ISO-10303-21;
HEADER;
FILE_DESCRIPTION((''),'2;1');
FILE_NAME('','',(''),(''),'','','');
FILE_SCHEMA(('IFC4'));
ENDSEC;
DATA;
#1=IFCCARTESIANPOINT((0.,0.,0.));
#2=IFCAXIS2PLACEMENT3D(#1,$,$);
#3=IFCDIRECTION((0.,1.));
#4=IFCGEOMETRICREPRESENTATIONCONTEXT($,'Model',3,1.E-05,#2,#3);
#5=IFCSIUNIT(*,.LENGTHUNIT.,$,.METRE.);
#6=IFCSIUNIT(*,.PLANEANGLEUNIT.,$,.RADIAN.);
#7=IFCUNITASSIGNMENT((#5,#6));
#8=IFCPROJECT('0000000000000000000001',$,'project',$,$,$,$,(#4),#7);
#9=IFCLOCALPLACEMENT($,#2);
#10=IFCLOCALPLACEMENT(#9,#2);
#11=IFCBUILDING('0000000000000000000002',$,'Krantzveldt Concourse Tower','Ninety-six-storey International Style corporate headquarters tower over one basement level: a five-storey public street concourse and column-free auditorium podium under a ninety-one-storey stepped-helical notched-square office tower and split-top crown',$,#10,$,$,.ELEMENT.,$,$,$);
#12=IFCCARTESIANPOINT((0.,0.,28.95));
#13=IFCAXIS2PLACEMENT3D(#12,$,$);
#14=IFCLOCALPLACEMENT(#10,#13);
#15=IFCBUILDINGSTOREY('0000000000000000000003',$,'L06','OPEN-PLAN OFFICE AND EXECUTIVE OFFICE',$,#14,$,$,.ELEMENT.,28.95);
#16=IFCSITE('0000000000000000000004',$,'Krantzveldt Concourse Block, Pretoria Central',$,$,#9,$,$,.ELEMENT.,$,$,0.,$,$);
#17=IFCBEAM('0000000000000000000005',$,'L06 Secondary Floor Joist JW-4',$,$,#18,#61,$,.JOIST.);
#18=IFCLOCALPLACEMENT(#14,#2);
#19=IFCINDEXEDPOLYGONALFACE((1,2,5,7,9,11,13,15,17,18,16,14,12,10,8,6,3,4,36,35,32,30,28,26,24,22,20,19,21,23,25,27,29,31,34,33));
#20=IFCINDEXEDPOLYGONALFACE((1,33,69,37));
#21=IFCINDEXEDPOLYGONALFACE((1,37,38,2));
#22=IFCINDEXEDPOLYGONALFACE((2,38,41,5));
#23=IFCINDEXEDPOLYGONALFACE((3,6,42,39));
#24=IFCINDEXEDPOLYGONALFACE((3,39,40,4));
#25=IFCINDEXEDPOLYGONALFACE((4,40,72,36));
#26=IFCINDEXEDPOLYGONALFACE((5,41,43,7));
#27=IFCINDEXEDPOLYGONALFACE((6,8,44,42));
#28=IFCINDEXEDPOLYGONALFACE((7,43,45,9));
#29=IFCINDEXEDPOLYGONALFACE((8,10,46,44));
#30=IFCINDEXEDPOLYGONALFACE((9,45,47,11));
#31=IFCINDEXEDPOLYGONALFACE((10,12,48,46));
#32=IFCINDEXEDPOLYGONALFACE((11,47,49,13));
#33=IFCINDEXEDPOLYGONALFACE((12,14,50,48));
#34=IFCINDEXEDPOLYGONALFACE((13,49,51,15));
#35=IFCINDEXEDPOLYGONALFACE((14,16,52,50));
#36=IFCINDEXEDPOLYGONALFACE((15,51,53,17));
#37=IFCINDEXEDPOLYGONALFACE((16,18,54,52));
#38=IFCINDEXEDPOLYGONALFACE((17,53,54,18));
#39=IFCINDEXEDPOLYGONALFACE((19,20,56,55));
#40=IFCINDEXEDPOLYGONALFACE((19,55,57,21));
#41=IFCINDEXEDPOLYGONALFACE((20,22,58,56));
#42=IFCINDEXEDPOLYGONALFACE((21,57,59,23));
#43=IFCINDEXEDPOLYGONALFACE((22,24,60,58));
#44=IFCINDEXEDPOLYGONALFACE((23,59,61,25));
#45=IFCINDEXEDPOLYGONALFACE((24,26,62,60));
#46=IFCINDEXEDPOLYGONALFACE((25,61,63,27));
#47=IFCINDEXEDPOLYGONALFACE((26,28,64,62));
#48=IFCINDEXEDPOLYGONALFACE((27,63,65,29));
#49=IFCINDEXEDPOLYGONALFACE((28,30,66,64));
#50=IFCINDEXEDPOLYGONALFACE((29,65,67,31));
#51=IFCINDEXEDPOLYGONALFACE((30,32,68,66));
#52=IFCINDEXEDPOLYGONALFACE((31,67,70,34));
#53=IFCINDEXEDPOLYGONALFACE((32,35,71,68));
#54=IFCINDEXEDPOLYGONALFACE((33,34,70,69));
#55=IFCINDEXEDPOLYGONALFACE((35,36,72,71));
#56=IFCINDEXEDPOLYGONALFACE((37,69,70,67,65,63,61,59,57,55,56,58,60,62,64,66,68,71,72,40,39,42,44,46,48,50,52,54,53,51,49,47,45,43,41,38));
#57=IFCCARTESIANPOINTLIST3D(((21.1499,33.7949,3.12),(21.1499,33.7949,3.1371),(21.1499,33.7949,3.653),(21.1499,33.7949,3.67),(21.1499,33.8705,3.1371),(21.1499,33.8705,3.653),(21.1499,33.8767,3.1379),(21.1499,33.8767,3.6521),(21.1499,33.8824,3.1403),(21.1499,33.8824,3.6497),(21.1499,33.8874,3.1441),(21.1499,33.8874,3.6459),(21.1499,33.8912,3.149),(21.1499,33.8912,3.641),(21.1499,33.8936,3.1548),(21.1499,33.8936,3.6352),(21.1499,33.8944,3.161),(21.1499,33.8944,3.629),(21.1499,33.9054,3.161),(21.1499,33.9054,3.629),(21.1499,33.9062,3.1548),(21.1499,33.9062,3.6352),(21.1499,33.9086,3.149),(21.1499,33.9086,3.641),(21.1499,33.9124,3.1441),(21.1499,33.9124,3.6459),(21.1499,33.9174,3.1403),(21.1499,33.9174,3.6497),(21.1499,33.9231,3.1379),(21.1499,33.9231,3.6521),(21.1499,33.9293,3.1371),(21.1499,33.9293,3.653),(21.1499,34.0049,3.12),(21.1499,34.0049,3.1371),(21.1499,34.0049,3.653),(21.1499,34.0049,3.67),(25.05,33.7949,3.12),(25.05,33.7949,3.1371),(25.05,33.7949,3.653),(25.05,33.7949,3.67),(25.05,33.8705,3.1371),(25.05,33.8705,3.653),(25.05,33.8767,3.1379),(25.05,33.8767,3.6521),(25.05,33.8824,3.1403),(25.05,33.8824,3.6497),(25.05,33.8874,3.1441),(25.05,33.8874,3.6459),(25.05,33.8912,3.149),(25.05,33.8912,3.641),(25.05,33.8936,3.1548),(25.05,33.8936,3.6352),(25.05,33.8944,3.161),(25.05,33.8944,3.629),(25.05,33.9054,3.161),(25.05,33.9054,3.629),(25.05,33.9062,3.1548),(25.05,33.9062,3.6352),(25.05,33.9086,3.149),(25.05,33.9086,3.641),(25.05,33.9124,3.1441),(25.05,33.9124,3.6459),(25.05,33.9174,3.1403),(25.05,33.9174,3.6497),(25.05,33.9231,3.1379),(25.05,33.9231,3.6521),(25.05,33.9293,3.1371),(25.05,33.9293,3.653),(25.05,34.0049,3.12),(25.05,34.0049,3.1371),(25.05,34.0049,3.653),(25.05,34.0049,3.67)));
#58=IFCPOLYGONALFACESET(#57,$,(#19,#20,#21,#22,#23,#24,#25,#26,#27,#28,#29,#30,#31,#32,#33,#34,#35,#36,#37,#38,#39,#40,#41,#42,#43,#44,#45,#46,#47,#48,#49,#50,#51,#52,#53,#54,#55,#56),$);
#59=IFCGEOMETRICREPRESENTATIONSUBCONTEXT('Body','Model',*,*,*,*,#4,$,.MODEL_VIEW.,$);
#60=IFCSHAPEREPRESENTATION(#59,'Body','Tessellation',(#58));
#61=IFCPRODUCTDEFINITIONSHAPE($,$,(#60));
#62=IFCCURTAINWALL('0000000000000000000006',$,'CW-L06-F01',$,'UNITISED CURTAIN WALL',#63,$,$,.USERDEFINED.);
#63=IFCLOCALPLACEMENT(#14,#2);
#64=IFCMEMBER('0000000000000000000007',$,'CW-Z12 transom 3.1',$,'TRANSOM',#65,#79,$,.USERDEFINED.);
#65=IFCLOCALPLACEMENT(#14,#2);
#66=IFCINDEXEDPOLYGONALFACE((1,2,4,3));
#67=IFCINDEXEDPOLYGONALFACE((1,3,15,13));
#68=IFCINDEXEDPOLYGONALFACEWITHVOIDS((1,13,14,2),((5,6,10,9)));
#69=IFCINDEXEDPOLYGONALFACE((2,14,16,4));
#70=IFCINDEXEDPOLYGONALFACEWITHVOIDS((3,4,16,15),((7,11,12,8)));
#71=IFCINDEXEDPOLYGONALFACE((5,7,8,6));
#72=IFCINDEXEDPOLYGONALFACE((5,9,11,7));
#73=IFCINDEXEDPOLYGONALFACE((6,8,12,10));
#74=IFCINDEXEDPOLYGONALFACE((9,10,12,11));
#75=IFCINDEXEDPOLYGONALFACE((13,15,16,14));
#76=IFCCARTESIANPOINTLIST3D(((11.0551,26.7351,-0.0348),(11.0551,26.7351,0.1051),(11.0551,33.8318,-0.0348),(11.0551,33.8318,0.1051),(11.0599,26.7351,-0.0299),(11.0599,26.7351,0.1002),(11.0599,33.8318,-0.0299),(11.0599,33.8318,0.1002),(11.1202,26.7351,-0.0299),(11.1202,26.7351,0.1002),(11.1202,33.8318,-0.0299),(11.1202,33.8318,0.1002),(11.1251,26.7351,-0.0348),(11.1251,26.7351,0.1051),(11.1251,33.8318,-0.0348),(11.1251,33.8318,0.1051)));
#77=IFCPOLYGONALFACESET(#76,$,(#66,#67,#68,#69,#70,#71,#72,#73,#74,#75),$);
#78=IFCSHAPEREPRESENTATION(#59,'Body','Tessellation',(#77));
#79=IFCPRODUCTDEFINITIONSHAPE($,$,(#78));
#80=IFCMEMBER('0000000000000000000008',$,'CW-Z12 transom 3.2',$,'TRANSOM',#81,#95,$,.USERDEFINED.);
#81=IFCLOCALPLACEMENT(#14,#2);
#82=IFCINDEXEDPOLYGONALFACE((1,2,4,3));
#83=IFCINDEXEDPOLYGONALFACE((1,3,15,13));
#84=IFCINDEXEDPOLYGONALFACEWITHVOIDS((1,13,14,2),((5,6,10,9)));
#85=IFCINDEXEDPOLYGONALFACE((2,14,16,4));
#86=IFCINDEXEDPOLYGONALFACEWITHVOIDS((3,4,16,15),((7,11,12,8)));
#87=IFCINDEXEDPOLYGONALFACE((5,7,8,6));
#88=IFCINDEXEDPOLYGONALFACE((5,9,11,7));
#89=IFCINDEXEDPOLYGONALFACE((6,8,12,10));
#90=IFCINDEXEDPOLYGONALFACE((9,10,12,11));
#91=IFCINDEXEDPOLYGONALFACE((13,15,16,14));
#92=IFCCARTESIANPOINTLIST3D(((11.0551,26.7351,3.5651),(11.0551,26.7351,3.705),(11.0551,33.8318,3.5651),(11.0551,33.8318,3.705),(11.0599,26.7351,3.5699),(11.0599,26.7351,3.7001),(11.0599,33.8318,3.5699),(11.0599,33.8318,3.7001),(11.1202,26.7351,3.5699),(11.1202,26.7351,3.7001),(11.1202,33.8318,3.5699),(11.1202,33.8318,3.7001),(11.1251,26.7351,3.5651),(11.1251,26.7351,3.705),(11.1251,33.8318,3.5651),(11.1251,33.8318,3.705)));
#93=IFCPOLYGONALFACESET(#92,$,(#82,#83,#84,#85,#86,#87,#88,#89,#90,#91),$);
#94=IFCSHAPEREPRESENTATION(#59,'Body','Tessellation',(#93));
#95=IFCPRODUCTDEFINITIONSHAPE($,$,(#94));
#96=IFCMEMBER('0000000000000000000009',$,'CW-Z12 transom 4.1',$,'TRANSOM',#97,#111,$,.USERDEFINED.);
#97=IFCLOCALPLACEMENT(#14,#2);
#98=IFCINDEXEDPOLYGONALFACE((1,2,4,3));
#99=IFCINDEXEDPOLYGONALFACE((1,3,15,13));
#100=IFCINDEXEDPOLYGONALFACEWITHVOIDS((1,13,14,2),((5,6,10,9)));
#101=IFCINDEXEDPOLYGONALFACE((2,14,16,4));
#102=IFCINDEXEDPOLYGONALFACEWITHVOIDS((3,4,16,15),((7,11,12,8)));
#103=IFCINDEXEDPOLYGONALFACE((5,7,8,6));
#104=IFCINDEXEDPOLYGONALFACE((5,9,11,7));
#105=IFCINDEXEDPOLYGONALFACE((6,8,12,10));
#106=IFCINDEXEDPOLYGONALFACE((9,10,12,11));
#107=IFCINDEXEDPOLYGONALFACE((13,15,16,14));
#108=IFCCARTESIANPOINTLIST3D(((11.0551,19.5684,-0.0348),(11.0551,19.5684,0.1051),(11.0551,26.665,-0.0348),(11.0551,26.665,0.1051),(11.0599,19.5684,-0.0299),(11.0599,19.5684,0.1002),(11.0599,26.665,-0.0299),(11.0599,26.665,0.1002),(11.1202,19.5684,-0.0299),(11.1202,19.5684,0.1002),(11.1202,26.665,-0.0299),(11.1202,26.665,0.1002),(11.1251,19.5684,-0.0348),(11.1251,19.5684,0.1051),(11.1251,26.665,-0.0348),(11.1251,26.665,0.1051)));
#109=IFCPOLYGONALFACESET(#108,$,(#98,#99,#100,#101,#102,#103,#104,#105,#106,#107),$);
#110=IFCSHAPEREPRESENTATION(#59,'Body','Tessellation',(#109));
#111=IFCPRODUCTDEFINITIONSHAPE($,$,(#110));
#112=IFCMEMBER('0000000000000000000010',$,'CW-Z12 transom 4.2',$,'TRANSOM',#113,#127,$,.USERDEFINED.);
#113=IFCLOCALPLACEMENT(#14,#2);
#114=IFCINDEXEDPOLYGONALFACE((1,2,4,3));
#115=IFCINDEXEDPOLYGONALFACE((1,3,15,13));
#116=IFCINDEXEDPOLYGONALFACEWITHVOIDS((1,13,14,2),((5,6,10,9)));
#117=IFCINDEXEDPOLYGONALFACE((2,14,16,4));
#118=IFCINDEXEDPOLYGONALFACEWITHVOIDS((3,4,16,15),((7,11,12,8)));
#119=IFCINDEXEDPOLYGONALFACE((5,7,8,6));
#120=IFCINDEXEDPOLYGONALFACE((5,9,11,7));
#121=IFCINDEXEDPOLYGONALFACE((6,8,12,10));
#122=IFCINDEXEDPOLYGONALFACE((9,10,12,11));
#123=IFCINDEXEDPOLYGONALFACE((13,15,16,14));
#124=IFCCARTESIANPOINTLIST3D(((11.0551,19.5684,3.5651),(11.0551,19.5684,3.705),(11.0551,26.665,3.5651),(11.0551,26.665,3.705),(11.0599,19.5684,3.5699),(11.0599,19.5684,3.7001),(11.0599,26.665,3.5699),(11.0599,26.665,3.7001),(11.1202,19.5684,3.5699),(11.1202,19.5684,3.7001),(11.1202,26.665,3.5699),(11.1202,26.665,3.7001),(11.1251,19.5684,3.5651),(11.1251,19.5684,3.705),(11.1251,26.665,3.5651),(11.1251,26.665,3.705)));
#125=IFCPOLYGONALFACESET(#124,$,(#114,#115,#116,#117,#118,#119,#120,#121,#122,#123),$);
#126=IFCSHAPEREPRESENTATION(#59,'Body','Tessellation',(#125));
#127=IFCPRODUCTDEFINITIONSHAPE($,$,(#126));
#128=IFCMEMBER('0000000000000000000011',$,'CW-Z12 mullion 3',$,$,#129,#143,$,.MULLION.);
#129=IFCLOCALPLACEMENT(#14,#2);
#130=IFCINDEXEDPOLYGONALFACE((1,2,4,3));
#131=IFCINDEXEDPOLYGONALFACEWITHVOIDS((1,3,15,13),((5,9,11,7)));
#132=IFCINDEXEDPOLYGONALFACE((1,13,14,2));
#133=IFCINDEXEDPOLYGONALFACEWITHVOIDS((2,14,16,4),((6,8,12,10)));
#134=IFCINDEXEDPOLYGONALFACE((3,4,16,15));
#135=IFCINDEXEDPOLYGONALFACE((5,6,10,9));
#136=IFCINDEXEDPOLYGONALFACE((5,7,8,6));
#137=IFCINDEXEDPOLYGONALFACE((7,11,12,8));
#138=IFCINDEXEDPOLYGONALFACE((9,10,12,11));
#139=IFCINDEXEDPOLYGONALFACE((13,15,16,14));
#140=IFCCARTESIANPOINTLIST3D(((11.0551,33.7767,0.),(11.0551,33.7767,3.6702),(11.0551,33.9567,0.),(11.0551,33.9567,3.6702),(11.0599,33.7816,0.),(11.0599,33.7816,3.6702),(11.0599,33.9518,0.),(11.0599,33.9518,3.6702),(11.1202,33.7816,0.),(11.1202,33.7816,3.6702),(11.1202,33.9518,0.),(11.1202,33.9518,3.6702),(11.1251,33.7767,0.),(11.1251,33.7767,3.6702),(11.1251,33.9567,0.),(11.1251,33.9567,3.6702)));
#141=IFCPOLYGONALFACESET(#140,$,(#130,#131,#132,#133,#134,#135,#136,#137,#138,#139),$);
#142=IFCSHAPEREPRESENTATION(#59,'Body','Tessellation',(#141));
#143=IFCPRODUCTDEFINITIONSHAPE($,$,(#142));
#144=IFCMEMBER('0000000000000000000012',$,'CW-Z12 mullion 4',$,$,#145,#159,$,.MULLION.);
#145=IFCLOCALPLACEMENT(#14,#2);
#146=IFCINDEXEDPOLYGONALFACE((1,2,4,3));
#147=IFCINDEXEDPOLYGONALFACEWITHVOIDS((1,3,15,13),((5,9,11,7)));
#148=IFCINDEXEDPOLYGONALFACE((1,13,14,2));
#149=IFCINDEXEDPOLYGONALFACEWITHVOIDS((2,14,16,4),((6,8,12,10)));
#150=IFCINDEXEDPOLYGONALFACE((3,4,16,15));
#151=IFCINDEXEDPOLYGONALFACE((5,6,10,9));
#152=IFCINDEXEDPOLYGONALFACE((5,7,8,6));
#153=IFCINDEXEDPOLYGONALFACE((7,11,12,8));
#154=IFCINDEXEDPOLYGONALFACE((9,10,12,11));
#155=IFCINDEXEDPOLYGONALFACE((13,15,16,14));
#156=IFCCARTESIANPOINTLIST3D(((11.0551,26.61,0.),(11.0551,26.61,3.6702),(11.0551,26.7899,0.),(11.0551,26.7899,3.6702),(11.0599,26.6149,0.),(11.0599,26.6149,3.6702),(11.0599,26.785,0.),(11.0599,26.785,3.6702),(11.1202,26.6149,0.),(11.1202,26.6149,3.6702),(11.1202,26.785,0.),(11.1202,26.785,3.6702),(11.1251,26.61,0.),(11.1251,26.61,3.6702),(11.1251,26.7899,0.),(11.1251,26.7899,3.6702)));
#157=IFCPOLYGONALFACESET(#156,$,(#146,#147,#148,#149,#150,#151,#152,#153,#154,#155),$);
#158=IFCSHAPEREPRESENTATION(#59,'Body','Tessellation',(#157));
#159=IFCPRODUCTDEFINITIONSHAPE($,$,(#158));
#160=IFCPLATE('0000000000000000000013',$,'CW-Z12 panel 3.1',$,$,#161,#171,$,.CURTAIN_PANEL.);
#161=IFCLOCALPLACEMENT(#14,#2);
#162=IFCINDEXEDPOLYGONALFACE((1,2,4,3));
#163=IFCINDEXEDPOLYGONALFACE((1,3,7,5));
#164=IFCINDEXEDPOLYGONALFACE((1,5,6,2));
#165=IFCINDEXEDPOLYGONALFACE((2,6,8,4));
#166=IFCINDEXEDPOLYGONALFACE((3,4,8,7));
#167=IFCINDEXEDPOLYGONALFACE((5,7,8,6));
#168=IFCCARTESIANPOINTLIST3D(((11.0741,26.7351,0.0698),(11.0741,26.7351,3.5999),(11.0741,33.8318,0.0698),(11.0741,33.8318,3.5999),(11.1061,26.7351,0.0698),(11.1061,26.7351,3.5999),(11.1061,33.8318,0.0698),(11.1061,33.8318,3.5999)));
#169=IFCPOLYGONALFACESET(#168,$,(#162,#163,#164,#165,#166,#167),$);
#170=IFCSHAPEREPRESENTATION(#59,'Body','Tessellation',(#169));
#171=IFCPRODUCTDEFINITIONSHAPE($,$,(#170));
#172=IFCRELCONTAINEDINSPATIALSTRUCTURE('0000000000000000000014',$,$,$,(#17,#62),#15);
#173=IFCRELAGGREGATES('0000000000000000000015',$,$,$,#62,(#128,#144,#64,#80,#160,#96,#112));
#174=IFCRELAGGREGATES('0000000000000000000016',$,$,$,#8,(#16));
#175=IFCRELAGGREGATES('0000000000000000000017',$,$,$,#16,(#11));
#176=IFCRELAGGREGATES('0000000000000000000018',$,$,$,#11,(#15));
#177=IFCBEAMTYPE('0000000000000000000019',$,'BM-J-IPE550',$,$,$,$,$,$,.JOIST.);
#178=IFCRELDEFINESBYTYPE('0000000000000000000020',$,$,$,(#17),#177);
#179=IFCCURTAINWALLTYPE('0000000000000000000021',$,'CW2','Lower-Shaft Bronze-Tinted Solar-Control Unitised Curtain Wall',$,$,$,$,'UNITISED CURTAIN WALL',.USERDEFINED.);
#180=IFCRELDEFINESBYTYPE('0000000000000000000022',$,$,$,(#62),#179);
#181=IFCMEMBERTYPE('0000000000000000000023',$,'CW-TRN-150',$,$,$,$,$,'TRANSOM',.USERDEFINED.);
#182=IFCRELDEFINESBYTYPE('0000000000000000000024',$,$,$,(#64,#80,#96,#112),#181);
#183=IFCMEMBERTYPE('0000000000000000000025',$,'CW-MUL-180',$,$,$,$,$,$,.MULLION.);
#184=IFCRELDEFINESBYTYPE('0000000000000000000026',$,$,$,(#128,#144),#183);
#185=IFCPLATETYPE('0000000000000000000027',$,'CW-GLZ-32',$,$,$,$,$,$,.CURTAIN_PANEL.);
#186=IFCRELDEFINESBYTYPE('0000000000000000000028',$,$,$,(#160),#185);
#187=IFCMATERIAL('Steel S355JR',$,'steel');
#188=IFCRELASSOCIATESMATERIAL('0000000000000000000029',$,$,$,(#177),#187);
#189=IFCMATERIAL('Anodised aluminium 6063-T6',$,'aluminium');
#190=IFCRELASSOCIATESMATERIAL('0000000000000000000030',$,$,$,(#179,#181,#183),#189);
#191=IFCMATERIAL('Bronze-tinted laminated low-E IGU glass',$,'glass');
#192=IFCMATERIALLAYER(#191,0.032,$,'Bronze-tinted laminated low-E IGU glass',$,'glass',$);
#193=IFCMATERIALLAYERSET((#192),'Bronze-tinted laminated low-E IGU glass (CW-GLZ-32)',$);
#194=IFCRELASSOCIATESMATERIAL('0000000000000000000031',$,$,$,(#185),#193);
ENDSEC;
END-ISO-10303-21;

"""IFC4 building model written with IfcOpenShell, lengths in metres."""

from ifc_helpers import new_model, si_unit, direction, frame, origin, origin_2d, place, context, subcontext, project, spatial, rectangle, hollow_rectangle, i_section, extrude, source, transform, mapped, material, layer, layer_set, material_profile, profile_set, type_object, type_shapes, element, aggregate, save


model = new_model("IFC4")

# Units and contexts
model_context = context("Model", 3, precision=1e-05, world=origin(), true_north=direction((0.0, 1.0)))
body_context = subcontext(model_context, "Body", "Model", "MODEL_VIEW")
ifc_project = project(units=[si_unit("LENGTHUNIT", "METRE"), si_unit("PLANEANGLEUNIT", "RADIAN")], contexts=[model_context])

# Site, building, storey
site_placement = place(None, origin())
site = spatial("IfcSite", under=ifc_project, at=site_placement, Name="Krantzveldt Concourse Block, Pretoria Central", CompositionType="ELEMENT", RefElevation=0.0)
building_placement = place(site_placement, origin())
building = spatial("IfcBuilding", under=site, at=building_placement, Name="Krantzveldt Concourse Tower", Description="Ninety-six-storey International Style corporate headquarters tower over one basement level: a five-storey public street concourse and column-free auditorium podium under a ninety-one-storey stepped-helical notched-square office tower and split-top crown", CompositionType="ELEMENT")
storey_placement = place(building_placement, frame((0.0, 0.0, 28.95)))
storey = spatial("IfcBuildingStorey", under=building, at=storey_placement, Name="L06", Description="OPEN-PLAN OFFICE AND EXECUTIVE OFFICE", CompositionType="ELEMENT", Elevation=28.95)

# Beam
ifc_material_1 = material(Name="Steel S355JR", Category="steel")
ifc_material_profile_1 = material_profile(ifc_material_1, i_section(OverallWidth=0.21, OverallDepth=0.55, WebThickness=0.011, FlangeThickness=0.0171, FilletRadius=0.0239, at=origin_2d()), Name="Steel S355JR", Category="steel")
ifc_profile_set_1 = profile_set([ifc_material_profile_1], Name="Steel S355JR - IPE 550")
beam_type_1 = type_object("IfcBeamType", Name="BM-J-IPE550", PredefinedType="JOIST", material=ifc_profile_set_1)
shared_shape_1 = source(origin(), body_context, "Body", "SweptSolid", [
    extrude(i_section(OverallWidth=0.21, OverallDepth=0.55, WebThickness=0.011, FlangeThickness=0.0171, FilletRadius=0.0239, at=origin_2d()), origin(), (0.0, 0.0, 1.0), 3.9001),
])
type_shapes(beam_type_1, [shared_shape_1])
for number, where, z_axis, x_axis, name in (
    (1, (21.1499, 33.8999, 3.395), (1.0, 0.0, 0.0), (0.0, 1.0, 0.0), "L06 Secondary Floor Joist JW-4"),
):
    element("IfcBeam", number, at=place(storey_placement, frame(where, z_axis=z_axis, x_axis=x_axis)), inside=storey, type_object=beam_type_1, Name=name, PredefinedType="JOIST", context=body_context, shape_type="MappedRepresentation", body=[
        mapped(shared_shape_1, transform((0.0, 0.0, 0.0), x_axis=(1.0, 0.0, 0.0), y_axis=(0.0, 1.0, 0.0), z_axis=(0.0, 0.0, 1.0), scale=1.0)),
    ])

# Curtain wall, members, plate
ifc_material_2 = material(Name="Anodised aluminium 6063-T6", Category="aluminium")
curtain_wall_type = type_object("IfcCurtainWallType", Name="CW2", Description="Lower-Shaft Bronze-Tinted Solar-Control Unitised Curtain Wall", ElementType="UNITISED CURTAIN WALL", PredefinedType="USERDEFINED", material=ifc_material_2)
curtain_wall_placement = place(storey_placement, origin())
curtain_wall = element("IfcCurtainWall", 2, at=curtain_wall_placement, inside=storey, type_object=curtain_wall_type, Name="CW-L06-F01", ObjectType="UNITISED CURTAIN WALL", PredefinedType="USERDEFINED")
ifc_material_profile_2 = material_profile(ifc_material_2, hollow_rectangle(XDim=0.0701, YDim=0.1399, WallThickness=0.0049, at=origin_2d()), Name="Anodised aluminium 6063-T6", Category="aluminium")
ifc_profile_set_2 = profile_set([ifc_material_profile_2], Name="Anodised aluminium 6063-T6 - ALU-TRAN 140x70x5")
member_type_1 = type_object("IfcMemberType", Name="CW-TRN-150", ElementType="TRANSOM", PredefinedType="USERDEFINED", material=ifc_profile_set_2)
shared_shape_2 = source(origin(), body_context, "Body", "SweptSolid", [
    extrude(hollow_rectangle(XDim=0.0701, YDim=0.1399, WallThickness=0.0049, at=origin_2d()), origin(), (0.0, 0.0, 1.0), 7.0967),
])
type_shapes(member_type_1, [shared_shape_2])
member_1_placement = place(storey_placement, frame((11.0901, 33.8318, 0.0352), z_axis=(0.0, -1.0, 0.0), x_axis=(1.0, 0.0, 0.0)))
member_1 = element("IfcMember", 3, at=member_1_placement, type_object=member_type_1, Name="CW-Z12 transom 3.1", ObjectType="TRANSOM", PredefinedType="USERDEFINED", context=body_context, shape_type="MappedRepresentation", body=[
    mapped(shared_shape_2, transform((0.0, 0.0, 0.0), x_axis=(1.0, 0.0, 0.0), y_axis=(0.0, 1.0, 0.0), z_axis=(0.0, 0.0, 1.0), scale=1.0)),
])
member_2_placement = place(storey_placement, frame((11.0901, 33.8318, 3.635), z_axis=(0.0, -1.0, 0.0), x_axis=(1.0, 0.0, 0.0)))
member_2 = element("IfcMember", 4, at=member_2_placement, type_object=member_type_1, Name="CW-Z12 transom 3.2", ObjectType="TRANSOM", PredefinedType="USERDEFINED", context=body_context, shape_type="MappedRepresentation", body=[
    mapped(shared_shape_2, transform((0.0, 0.0, 0.0), x_axis=(1.0, 0.0, 0.0), y_axis=(0.0, 1.0, 0.0), z_axis=(0.0, 0.0, 1.0), scale=1.0)),
])
member_3_placement = place(storey_placement, frame((11.0901, 26.665, 0.0352), z_axis=(0.0, -1.0, 0.0), x_axis=(1.0, 0.0, 0.0)))
member_3 = element("IfcMember", 5, at=member_3_placement, type_object=member_type_1, Name="CW-Z12 transom 4.1", ObjectType="TRANSOM", PredefinedType="USERDEFINED", context=body_context, shape_type="MappedRepresentation", body=[
    mapped(shared_shape_2, transform((0.0, 0.0, 0.0), x_axis=(1.0, 0.0, 0.0), y_axis=(0.0, 1.0, 0.0), z_axis=(0.0, 0.0, 1.0), scale=1.0)),
])
member_4_placement = place(storey_placement, frame((11.0901, 26.665, 3.635), z_axis=(0.0, -1.0, 0.0), x_axis=(1.0, 0.0, 0.0)))
member_4 = element("IfcMember", 6, at=member_4_placement, type_object=member_type_1, Name="CW-Z12 transom 4.2", ObjectType="TRANSOM", PredefinedType="USERDEFINED", context=body_context, shape_type="MappedRepresentation", body=[
    mapped(shared_shape_2, transform((0.0, 0.0, 0.0), x_axis=(1.0, 0.0, 0.0), y_axis=(0.0, 1.0, 0.0), z_axis=(0.0, 0.0, 1.0), scale=1.0)),
])
ifc_material_profile_3 = material_profile(ifc_material_2, hollow_rectangle(XDim=0.0701, YDim=0.1799, WallThickness=0.0049, at=origin_2d()), Name="Anodised aluminium 6063-T6", Category="aluminium")
ifc_profile_set_3 = profile_set([ifc_material_profile_3], Name="Anodised aluminium 6063-T6 - ALU-MULL 180x70x5")
member_type_2 = type_object("IfcMemberType", Name="CW-MUL-180", PredefinedType="MULLION", material=ifc_profile_set_3)
shared_shape_3 = source(origin(), body_context, "Body", "SweptSolid", [
    extrude(hollow_rectangle(XDim=0.0701, YDim=0.1799, WallThickness=0.0049, at=origin_2d()), origin(), (0.0, 0.0, 1.0), 3.6702),
])
type_shapes(member_type_2, [shared_shape_3])
member_5_placement = place(storey_placement, frame((11.0901, 33.8667, 0.0), z_axis=(0.0, 0.0, 1.0), x_axis=(1.0, 0.0, 0.0)))
member_5 = element("IfcMember", 7, at=member_5_placement, type_object=member_type_2, Name="CW-Z12 mullion 3", PredefinedType="MULLION", context=body_context, shape_type="MappedRepresentation", body=[
    mapped(shared_shape_3, transform((0.0, 0.0, 0.0), x_axis=(1.0, 0.0, 0.0), y_axis=(0.0, 1.0, 0.0), z_axis=(0.0, 0.0, 1.0), scale=1.0)),
])
member_6_placement = place(storey_placement, frame((11.0901, 26.7, 0.0), z_axis=(0.0, 0.0, 1.0), x_axis=(1.0, 0.0, 0.0)))
member_6 = element("IfcMember", 8, at=member_6_placement, type_object=member_type_2, Name="CW-Z12 mullion 4", PredefinedType="MULLION", context=body_context, shape_type="MappedRepresentation", body=[
    mapped(shared_shape_3, transform((0.0, 0.0, 0.0), x_axis=(1.0, 0.0, 0.0), y_axis=(0.0, 1.0, 0.0), z_axis=(0.0, 0.0, 1.0), scale=1.0)),
])
ifc_material_3 = material(Name="Bronze-tinted laminated low-E IGU glass", Category="glass")
ifc_layer_1 = layer(ifc_material_3, 0.032, Name="Bronze-tinted laminated low-E IGU glass", Category="glass")
ifc_layer_set_1 = layer_set([ifc_layer_1], Name="Bronze-tinted laminated low-E IGU glass (CW-GLZ-32)")
plate_type = type_object("IfcPlateType", Name="CW-GLZ-32", PredefinedType="CURTAIN_PANEL", material=ifc_layer_set_1)
shared_shape_4 = source(origin(), body_context, "Body", "SweptSolid", [
    extrude(rectangle(XDim=7.0967, YDim=0.032, at=origin_2d()), origin(), (0.0, 0.0, 1.0), 3.53),
])
type_shapes(plate_type, [shared_shape_4])
plate_1_placement = place(storey_placement, frame((11.0901, 30.2834, 0.0698), z_axis=(0.0, 0.0, 1.0), x_axis=(0.0, -1.0, 0.0)))
plate_1 = element("IfcPlate", 9, at=plate_1_placement, type_object=plate_type, Name="CW-Z12 panel 3.1", PredefinedType="CURTAIN_PANEL", context=body_context, shape_type="MappedRepresentation", body=[
    mapped(shared_shape_4, transform((0.0, 0.0, 0.0), x_axis=(1.0, 0.0, 0.0), y_axis=(0.0, 1.0, 0.0), z_axis=(0.0, 0.0, 1.0), scale=1.0)),
])
aggregate(curtain_wall, [member_5, member_6, member_1, member_2, plate_1, member_3, member_4])

save(model, "model.ifc")
